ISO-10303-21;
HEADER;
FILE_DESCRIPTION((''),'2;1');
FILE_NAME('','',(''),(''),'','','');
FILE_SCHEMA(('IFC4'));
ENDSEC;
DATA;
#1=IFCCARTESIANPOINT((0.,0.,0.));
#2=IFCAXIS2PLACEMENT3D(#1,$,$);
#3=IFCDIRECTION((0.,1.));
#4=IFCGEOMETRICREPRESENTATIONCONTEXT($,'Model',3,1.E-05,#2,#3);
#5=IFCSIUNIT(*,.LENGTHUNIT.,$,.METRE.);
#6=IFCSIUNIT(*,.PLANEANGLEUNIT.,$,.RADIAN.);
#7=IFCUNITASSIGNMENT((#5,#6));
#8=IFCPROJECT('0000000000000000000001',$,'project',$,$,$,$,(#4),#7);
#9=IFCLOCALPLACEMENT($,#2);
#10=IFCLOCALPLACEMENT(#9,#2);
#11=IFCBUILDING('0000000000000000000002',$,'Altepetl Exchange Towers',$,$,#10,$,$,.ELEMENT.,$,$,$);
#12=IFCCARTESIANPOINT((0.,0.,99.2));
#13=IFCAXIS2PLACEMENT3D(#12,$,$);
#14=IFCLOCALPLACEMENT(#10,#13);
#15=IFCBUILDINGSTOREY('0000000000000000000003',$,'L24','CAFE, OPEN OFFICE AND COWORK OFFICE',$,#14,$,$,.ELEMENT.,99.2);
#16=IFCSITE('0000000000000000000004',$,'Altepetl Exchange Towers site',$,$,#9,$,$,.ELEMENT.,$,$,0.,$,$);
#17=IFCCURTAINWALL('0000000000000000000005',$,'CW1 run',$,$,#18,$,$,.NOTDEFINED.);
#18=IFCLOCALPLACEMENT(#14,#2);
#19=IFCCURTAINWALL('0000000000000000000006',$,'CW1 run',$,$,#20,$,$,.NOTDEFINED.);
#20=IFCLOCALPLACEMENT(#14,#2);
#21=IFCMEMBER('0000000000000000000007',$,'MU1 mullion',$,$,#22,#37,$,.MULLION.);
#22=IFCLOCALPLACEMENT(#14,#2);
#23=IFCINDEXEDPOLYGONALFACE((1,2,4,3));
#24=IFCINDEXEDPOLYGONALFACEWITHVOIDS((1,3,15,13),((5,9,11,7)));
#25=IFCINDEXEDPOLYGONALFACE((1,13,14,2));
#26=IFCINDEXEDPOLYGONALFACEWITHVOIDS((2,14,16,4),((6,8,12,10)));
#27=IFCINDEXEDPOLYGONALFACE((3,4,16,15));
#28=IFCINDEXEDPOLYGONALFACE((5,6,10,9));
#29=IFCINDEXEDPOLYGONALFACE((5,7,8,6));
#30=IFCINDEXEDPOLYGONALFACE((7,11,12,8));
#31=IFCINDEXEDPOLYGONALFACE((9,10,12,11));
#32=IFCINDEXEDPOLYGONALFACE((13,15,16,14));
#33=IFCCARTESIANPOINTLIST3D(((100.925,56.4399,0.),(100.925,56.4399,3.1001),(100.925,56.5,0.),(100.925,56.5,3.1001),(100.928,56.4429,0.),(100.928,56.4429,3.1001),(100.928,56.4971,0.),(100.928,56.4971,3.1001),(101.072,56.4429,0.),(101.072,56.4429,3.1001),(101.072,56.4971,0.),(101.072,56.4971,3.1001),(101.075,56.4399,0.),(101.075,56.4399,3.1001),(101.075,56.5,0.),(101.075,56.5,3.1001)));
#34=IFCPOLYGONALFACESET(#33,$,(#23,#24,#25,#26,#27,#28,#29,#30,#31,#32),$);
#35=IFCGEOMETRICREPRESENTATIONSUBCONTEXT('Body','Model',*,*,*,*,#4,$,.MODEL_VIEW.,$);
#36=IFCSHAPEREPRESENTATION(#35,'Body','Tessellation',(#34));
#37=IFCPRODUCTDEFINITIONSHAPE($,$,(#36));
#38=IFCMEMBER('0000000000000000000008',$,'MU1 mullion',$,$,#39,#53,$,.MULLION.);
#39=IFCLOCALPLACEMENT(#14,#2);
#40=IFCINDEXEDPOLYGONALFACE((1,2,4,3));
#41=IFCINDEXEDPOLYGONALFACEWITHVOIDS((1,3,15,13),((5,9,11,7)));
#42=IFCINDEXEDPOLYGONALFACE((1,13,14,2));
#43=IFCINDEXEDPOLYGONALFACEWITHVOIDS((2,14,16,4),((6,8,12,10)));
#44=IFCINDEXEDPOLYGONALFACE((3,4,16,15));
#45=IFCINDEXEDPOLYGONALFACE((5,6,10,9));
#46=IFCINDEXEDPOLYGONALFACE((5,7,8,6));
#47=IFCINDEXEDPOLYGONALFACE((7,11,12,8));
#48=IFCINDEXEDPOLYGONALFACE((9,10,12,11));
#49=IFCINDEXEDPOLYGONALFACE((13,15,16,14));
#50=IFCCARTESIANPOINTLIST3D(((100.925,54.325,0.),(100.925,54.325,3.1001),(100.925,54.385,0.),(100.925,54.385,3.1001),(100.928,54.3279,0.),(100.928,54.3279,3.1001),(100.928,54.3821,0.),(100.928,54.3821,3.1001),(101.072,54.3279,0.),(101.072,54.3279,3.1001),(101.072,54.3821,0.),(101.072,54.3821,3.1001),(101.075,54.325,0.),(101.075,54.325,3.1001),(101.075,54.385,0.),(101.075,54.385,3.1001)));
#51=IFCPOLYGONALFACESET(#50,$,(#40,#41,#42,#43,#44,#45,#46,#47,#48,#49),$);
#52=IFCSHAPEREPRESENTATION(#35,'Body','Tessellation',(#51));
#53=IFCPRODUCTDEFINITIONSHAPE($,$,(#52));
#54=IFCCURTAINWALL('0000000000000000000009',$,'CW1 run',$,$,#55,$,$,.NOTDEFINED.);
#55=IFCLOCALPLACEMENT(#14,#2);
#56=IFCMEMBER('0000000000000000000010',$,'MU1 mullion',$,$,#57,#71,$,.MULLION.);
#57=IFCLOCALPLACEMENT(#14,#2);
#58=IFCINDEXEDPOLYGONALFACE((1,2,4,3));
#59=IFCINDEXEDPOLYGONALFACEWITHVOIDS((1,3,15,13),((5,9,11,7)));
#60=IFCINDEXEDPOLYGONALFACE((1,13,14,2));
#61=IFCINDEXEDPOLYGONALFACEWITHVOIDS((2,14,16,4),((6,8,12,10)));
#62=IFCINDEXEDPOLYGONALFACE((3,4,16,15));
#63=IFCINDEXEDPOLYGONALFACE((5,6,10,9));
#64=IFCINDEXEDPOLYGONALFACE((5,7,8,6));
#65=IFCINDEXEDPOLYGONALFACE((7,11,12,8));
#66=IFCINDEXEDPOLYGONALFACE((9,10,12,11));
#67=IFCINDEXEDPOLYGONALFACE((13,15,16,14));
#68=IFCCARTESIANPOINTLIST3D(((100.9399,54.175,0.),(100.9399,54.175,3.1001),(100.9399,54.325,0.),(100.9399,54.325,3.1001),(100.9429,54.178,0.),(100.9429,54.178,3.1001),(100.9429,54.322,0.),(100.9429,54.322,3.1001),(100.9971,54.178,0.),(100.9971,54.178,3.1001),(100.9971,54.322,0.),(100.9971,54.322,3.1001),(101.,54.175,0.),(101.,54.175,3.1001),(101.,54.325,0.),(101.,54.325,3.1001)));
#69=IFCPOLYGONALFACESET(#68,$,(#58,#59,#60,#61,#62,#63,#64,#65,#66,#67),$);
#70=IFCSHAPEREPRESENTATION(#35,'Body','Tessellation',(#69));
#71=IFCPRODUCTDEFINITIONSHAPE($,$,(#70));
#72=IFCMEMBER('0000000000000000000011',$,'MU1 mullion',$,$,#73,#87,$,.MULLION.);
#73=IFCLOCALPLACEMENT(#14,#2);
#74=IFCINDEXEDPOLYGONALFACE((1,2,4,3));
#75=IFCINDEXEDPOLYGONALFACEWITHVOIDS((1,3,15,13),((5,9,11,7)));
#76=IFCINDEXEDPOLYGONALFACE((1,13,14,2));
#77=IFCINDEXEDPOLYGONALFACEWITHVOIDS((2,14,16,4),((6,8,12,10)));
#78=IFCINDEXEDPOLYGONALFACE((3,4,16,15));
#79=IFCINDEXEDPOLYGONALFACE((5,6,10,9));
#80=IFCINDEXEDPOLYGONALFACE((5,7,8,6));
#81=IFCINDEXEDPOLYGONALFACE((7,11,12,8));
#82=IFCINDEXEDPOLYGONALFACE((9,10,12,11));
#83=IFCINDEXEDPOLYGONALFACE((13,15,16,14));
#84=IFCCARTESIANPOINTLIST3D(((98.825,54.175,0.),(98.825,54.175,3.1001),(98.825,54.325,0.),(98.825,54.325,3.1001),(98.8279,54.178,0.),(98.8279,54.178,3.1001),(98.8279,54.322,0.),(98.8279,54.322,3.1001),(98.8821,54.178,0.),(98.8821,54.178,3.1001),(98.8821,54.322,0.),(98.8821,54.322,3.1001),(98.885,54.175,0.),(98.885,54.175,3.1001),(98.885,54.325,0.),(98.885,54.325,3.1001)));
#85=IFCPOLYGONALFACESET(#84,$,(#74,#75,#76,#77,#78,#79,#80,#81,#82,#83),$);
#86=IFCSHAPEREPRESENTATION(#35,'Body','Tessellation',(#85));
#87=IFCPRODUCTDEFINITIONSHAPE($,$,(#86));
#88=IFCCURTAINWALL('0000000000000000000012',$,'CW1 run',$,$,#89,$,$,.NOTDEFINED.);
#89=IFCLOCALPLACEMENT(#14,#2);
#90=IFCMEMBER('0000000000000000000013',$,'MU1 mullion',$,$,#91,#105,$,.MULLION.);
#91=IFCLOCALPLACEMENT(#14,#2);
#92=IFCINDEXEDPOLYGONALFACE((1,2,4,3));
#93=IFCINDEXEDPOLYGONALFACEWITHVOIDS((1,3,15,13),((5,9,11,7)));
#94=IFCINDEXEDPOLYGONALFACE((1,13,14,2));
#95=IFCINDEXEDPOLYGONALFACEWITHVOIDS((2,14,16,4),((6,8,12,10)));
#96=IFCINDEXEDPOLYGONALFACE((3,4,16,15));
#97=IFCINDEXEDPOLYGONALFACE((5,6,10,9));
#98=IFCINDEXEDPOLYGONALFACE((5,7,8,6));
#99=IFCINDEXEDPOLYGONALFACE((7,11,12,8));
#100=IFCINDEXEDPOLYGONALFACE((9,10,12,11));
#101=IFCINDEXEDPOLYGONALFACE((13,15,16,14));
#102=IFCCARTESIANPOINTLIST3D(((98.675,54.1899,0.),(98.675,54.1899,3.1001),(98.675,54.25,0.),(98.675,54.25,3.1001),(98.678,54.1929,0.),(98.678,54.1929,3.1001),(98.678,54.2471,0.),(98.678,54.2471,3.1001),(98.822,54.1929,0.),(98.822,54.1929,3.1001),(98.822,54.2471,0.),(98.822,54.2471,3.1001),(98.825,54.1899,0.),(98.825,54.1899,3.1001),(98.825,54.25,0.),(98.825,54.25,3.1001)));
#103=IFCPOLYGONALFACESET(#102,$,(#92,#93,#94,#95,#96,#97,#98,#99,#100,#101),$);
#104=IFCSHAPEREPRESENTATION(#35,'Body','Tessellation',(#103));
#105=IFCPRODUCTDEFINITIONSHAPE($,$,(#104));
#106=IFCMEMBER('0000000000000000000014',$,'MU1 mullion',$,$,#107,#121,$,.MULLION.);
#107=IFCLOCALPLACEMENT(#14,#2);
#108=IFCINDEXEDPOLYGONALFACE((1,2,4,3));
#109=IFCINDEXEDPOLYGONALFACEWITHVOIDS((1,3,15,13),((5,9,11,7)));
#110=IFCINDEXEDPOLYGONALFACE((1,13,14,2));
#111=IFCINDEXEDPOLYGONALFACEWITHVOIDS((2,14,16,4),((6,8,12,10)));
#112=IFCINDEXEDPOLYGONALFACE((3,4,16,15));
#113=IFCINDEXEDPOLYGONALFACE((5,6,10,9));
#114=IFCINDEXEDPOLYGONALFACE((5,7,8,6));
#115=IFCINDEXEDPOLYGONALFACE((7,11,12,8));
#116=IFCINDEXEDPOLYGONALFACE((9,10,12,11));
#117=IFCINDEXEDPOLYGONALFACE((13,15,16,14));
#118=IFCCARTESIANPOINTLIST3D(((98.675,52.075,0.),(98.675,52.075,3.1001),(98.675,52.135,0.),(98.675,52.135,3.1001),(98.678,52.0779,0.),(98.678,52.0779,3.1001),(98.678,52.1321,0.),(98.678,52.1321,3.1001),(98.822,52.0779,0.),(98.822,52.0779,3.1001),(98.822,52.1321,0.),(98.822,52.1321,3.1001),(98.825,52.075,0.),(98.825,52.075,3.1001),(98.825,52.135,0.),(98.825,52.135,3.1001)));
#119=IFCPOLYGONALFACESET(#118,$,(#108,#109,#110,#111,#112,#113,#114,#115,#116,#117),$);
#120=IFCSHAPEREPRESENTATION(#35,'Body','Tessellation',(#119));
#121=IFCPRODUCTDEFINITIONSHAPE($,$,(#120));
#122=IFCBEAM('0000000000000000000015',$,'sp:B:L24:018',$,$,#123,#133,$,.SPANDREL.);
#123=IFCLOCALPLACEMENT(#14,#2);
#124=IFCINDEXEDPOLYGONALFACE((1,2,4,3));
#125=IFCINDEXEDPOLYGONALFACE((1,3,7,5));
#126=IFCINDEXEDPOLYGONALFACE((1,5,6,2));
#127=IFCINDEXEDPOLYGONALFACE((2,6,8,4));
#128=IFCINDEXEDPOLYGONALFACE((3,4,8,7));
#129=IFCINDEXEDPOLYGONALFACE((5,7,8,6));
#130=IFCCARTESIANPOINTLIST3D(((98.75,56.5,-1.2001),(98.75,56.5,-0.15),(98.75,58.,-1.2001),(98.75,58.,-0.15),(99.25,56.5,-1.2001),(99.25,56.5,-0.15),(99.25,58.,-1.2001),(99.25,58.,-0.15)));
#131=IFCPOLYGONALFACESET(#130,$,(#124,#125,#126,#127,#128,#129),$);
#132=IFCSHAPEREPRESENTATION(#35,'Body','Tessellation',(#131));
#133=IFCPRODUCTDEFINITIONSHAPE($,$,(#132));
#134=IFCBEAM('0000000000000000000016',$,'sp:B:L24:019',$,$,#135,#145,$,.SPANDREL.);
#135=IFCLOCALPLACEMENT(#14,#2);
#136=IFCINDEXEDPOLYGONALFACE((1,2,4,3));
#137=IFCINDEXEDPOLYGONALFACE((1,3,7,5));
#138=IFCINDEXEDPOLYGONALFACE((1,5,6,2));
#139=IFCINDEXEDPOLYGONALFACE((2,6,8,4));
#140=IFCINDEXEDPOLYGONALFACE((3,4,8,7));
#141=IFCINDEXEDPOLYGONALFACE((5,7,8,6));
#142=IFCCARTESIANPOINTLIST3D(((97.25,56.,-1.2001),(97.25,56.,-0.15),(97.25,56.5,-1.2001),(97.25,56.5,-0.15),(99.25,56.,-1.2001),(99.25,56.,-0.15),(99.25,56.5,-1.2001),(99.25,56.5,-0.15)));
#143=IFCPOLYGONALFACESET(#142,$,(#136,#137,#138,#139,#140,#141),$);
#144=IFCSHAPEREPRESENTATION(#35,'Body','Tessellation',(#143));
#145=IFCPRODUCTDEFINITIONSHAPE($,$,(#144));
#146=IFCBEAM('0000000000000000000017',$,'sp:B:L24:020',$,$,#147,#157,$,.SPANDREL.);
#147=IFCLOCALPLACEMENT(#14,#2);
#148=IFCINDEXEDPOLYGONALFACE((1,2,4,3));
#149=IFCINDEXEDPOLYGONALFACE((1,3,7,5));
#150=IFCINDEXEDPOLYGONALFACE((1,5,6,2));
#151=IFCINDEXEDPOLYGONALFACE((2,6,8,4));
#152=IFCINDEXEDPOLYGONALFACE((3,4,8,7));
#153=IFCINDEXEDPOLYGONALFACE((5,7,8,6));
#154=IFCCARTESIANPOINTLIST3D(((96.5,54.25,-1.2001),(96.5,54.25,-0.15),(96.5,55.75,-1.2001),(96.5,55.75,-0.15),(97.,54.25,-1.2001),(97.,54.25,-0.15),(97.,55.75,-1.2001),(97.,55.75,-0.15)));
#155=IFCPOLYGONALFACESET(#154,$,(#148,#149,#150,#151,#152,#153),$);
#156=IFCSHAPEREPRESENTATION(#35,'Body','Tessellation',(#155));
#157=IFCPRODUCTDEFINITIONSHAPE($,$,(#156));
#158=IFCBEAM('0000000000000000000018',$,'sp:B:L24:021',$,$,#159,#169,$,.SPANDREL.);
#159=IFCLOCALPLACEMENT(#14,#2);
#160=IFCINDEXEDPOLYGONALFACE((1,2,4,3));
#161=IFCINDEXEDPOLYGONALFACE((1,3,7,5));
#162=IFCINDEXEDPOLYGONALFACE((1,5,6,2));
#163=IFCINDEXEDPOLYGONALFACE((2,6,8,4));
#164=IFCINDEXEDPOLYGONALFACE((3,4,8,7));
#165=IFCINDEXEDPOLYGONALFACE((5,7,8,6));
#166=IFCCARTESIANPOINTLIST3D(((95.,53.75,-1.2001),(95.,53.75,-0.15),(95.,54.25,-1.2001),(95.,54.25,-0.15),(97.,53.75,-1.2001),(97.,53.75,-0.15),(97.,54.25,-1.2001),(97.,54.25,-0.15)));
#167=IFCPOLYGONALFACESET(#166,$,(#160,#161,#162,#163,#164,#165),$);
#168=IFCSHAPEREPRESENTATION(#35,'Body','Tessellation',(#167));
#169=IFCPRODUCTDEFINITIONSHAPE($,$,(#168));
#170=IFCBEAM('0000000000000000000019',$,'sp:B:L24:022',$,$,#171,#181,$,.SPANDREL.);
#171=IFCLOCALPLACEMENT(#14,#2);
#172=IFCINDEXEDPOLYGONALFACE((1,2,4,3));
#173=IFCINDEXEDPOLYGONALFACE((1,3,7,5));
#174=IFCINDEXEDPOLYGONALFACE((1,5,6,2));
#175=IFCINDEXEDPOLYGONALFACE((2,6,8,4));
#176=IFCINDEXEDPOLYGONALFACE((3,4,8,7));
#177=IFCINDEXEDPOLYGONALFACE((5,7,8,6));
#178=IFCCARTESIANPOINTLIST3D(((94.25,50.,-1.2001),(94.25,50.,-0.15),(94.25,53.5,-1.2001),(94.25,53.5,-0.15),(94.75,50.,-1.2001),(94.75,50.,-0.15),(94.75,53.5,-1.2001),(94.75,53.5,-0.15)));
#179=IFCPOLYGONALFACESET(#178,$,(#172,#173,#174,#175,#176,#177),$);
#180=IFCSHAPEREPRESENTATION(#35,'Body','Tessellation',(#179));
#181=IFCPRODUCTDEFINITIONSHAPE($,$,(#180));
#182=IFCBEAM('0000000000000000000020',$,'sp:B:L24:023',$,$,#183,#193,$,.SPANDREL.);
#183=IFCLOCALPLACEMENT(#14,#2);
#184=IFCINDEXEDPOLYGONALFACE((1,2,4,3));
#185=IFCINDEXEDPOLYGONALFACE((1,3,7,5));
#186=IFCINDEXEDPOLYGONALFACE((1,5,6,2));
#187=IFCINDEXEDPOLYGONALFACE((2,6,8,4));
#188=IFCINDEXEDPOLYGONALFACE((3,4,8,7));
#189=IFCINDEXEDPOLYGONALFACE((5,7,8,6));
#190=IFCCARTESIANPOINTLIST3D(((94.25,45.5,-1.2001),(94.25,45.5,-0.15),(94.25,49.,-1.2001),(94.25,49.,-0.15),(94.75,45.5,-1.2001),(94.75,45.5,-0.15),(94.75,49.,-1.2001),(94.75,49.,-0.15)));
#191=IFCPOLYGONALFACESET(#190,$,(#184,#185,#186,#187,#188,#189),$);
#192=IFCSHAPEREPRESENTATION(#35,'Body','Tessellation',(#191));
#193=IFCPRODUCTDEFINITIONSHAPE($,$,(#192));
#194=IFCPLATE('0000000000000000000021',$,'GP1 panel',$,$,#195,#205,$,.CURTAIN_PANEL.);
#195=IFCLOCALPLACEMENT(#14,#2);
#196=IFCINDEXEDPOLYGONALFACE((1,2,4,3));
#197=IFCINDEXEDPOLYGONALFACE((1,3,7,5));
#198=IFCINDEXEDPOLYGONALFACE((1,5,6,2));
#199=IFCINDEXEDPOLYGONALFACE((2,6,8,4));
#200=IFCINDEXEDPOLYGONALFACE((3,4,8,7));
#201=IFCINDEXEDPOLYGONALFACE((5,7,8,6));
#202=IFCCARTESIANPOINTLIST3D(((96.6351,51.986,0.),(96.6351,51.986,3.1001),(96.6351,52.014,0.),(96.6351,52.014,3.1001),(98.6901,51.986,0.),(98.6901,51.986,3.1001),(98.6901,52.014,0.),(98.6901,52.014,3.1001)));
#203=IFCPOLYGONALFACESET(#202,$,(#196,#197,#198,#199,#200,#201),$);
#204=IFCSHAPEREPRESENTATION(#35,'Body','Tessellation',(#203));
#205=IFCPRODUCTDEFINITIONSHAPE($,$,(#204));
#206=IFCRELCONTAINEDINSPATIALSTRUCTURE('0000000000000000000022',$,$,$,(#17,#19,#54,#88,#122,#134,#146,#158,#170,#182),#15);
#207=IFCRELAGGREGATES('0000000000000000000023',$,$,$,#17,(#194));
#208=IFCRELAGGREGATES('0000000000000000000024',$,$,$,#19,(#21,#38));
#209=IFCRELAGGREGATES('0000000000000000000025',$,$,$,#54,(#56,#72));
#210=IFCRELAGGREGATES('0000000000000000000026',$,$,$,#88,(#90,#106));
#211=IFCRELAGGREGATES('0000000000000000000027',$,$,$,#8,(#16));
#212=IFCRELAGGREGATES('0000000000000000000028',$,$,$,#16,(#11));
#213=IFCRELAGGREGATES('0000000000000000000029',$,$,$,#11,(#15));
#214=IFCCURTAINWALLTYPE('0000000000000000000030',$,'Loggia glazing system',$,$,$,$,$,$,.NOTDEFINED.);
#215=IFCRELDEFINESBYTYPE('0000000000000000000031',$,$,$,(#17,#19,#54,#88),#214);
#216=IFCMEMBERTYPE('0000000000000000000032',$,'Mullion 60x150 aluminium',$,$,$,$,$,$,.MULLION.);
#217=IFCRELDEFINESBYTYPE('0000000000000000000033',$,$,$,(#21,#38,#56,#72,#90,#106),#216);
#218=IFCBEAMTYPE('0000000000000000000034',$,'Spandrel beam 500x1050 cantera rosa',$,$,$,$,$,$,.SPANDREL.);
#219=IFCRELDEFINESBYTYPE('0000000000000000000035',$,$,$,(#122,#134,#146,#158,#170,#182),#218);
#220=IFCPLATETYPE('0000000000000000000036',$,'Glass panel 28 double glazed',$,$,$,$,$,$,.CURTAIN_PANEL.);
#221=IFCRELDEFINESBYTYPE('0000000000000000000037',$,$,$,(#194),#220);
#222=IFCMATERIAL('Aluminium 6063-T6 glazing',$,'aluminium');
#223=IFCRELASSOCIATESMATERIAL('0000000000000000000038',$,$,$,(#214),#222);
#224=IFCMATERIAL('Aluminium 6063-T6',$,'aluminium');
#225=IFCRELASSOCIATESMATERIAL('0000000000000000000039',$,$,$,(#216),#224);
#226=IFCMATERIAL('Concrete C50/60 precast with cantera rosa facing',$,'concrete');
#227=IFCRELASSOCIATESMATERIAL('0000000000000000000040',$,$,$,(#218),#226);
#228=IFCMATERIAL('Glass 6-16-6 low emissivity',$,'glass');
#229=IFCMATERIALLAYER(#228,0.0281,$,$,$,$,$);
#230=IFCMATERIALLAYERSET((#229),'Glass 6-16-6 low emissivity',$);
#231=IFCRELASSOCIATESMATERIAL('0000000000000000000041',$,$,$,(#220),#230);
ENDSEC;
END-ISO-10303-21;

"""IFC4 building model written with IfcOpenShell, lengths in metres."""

from ifc_helpers import new_model, si_unit, direction, frame, origin, origin_2d, place, context, subcontext, project, spatial, rectangle, hollow_rectangle, extrude, material, layer, layer_set, material_profile, profile_set, type_object, element, aggregate, save


model = new_model("IFC4")

# Units and contexts
model_context = context("Model", 3, precision=1e-05, world=origin(), true_north=direction((0.0, 1.0)))
body_context = subcontext(model_context, "Body", "Model", "MODEL_VIEW")
ifc_project = project(units=[si_unit("LENGTHUNIT", "METRE"), si_unit("PLANEANGLEUNIT", "RADIAN")], contexts=[model_context])

# Site, building, storey
site_placement = place(None, origin())
site = spatial("IfcSite", under=ifc_project, at=site_placement, Name="Altepetl Exchange Towers site", CompositionType="ELEMENT", RefElevation=0.0)
building_placement = place(site_placement, origin())
building = spatial("IfcBuilding", under=site, at=building_placement, Name="Altepetl Exchange Towers", CompositionType="ELEMENT")
storey_placement = place(building_placement, frame((0.0, 0.0, 99.2)))
storey = spatial("IfcBuildingStorey", under=building, at=storey_placement, Name="L24", Description="CAFE, OPEN OFFICE AND COWORK OFFICE", CompositionType="ELEMENT", Elevation=99.2)

# Curtain wall
ifc_material_1 = material(Name="Aluminium 6063-T6 glazing", Category="aluminium")
curtain_wall_type = type_object("IfcCurtainWallType", Name="Loggia glazing system", PredefinedType="NOTDEFINED", material=ifc_material_1)
curtain_wall_1_placement = place(storey_placement, origin())
curtain_wall_1 = element("IfcCurtainWall", 1, at=curtain_wall_1_placement, inside=storey, type_object=curtain_wall_type, Name="CW1 run", PredefinedType="NOTDEFINED")
ifc_material_2 = material(Name="Aluminium 6063-T6", Category="aluminium")
ifc_material_profile_1 = material_profile(ifc_material_2, hollow_rectangle(XDim=0.0601, YDim=0.1499, WallThickness=0.0029, at=origin_2d()), Name="Mullion 60x150 aluminium")
ifc_profile_set_1 = profile_set([ifc_material_profile_1], Name="Aluminium 6063-T6")
member_type = type_object("IfcMemberType", Name="Mullion 60x150 aluminium", PredefinedType="MULLION", material=ifc_profile_set_1)

# Curtain walls, members
curtain_wall_2_placement = place(storey_placement, origin())
curtain_wall_2 = element("IfcCurtainWall", 2, at=curtain_wall_2_placement, inside=storey, type_object=curtain_wall_type, Name="CW1 run", PredefinedType="NOTDEFINED")
member_1_placement = place(storey_placement, frame((101.0, 56.47, 0.0), z_axis=(0.0, 0.0, 1.0), x_axis=(0.0, -1.0, 0.0)))
member_1 = element("IfcMember", 3, at=member_1_placement, type_object=member_type, Name="MU1 mullion", PredefinedType="MULLION", context=body_context, shape_type="SweptSolid", body=[
    extrude(hollow_rectangle(XDim=0.0601, YDim=0.1499, WallThickness=0.0029, at=origin_2d()), origin(), (0.0, 0.0, 1.0), 3.1001),
])
member_2_placement = place(storey_placement, frame((101.0, 54.355, 0.0), z_axis=(0.0, 0.0, 1.0), x_axis=(0.0, -1.0, 0.0)))
member_2 = element("IfcMember", 4, at=member_2_placement, type_object=member_type, Name="MU1 mullion", PredefinedType="MULLION", context=body_context, shape_type="SweptSolid", body=[
    extrude(hollow_rectangle(XDim=0.0601, YDim=0.1499, WallThickness=0.0029, at=origin_2d()), origin(), (0.0, 0.0, 1.0), 3.1001),
])
curtain_wall_3_placement = place(storey_placement, origin())
curtain_wall_3 = element("IfcCurtainWall", 5, at=curtain_wall_3_placement, inside=storey, type_object=curtain_wall_type, Name="CW1 run", PredefinedType="NOTDEFINED")
member_3_placement = place(storey_placement, frame((100.97, 54.25, 0.0), z_axis=(0.0, 0.0, 1.0), x_axis=(-1.0, 0.0, 0.0)))
member_3 = element("IfcMember", 6, at=member_3_placement, type_object=member_type, Name="MU1 mullion", PredefinedType="MULLION", context=body_context, shape_type="SweptSolid", body=[
    extrude(hollow_rectangle(XDim=0.0601, YDim=0.1499, WallThickness=0.0029, at=origin_2d()), origin(), (0.0, 0.0, 1.0), 3.1001),
])
member_4_placement = place(storey_placement, frame((98.855, 54.25, 0.0), z_axis=(0.0, 0.0, 1.0), x_axis=(-1.0, 0.0, 0.0)))
member_4 = element("IfcMember", 7, at=member_4_placement, type_object=member_type, Name="MU1 mullion", PredefinedType="MULLION", context=body_context, shape_type="SweptSolid", body=[
    extrude(hollow_rectangle(XDim=0.0601, YDim=0.1499, WallThickness=0.0029, at=origin_2d()), origin(), (0.0, 0.0, 1.0), 3.1001),
])
curtain_wall_4_placement = place(storey_placement, origin())
curtain_wall_4 = element("IfcCurtainWall", 8, at=curtain_wall_4_placement, inside=storey, type_object=curtain_wall_type, Name="CW1 run", PredefinedType="NOTDEFINED")
member_5_placement = place(storey_placement, frame((98.75, 54.22, 0.0), z_axis=(0.0, 0.0, 1.0), x_axis=(0.0, -1.0, 0.0)))
member_5 = element("IfcMember", 9, at=member_5_placement, type_object=member_type, Name="MU1 mullion", PredefinedType="MULLION", context=body_context, shape_type="SweptSolid", body=[
    extrude(hollow_rectangle(XDim=0.0601, YDim=0.1499, WallThickness=0.0029, at=origin_2d()), origin(), (0.0, 0.0, 1.0), 3.1001),
])
member_6_placement = place(storey_placement, frame((98.75, 52.105, 0.0), z_axis=(0.0, 0.0, 1.0), x_axis=(0.0, -1.0, 0.0)))
member_6 = element("IfcMember", 10, at=member_6_placement, type_object=member_type, Name="MU1 mullion", PredefinedType="MULLION", context=body_context, shape_type="SweptSolid", body=[
    extrude(hollow_rectangle(XDim=0.0601, YDim=0.1499, WallThickness=0.0029, at=origin_2d()), origin(), (0.0, 0.0, 1.0), 3.1001),
])

# Beams
ifc_material_3 = material(Name="Concrete C50/60 precast with cantera rosa facing", Category="concrete")
ifc_material_profile_2 = material_profile(ifc_material_3, rectangle(XDim=0.5, YDim=1.05, at=origin_2d()), Name="500 x 1050")
ifc_profile_set_2 = profile_set([ifc_material_profile_2], Name="Concrete C50/60 precast with cantera rosa facing")
beam_type_1 = type_object("IfcBeamType", Name="Spandrel beam 500x1050 cantera rosa", PredefinedType="SPANDREL", material=ifc_profile_set_2)
beam_1_placement = place(storey_placement, frame((99.0, 58.0, -0.675), z_axis=(0.0, -1.0, 0.0), x_axis=(1.0, 0.0, 0.0)))
element("IfcBeam", 11, at=beam_1_placement, inside=storey, type_object=beam_type_1, Name="sp:B:L24:018", PredefinedType="SPANDREL", context=body_context, shape_type="SweptSolid", body=[
    extrude(rectangle(XDim=0.5, YDim=1.05, at=origin_2d()), origin(), (0.0, 0.0, 1.0), 1.5),
])
beam_2_placement = place(storey_placement, frame((99.25, 56.25, -0.675), z_axis=(-1.0, 0.0, 0.0), x_axis=(0.0, -1.0, 0.0)))
element("IfcBeam", 12, at=beam_2_placement, inside=storey, type_object=beam_type_1, Name="sp:B:L24:019", PredefinedType="SPANDREL", context=body_context, shape_type="SweptSolid", body=[
    extrude(rectangle(XDim=0.5, YDim=1.05, at=origin_2d()), origin(), (0.0, 0.0, 1.0), 2.0),
])
beam_3_placement = place(storey_placement, frame((96.75, 55.75, -0.675), z_axis=(0.0, -1.0, 0.0), x_axis=(1.0, 0.0, 0.0)))
element("IfcBeam", 13, at=beam_3_placement, inside=storey, type_object=beam_type_1, Name="sp:B:L24:020", PredefinedType="SPANDREL", context=body_context, shape_type="SweptSolid", body=[
    extrude(rectangle(XDim=0.5, YDim=1.05, at=origin_2d()), origin(), (0.0, 0.0, 1.0), 1.5),
])
beam_4_placement = place(storey_placement, frame((97.0, 54.0, -0.675), z_axis=(-1.0, 0.0, 0.0), x_axis=(0.0, -1.0, 0.0)))
element("IfcBeam", 14, at=beam_4_placement, inside=storey, type_object=beam_type_1, Name="sp:B:L24:021", PredefinedType="SPANDREL", context=body_context, shape_type="SweptSolid", body=[
    extrude(rectangle(XDim=0.5, YDim=1.05, at=origin_2d()), origin(), (0.0, 0.0, 1.0), 2.0),
])
for number, where, z_axis, x_axis, name in (
    (15, (94.5, 53.5, -0.675), (0.0, -1.0, 0.0), (1.0, 0.0, 0.0), "sp:B:L24:022"),
    (16, (94.5, 49.0, -0.675), (0.0, -1.0, 0.0), (1.0, 0.0, 0.0), "sp:B:L24:023"),
):
    element("IfcBeam", number, at=place(storey_placement, frame(where, z_axis=z_axis, x_axis=x_axis)), inside=storey, type_object=beam_type_1, Name=name, PredefinedType="SPANDREL", context=body_context, shape_type="SweptSolid", body=[
        extrude(rectangle(XDim=0.5, YDim=1.05, at=origin_2d()), origin(), (0.0, 0.0, 1.0), 3.5),
    ])

# Plate
ifc_material_4 = material(Name="Glass 6-16-6 low emissivity", Category="glass")
ifc_layer_1 = layer(ifc_material_4, 0.0281)
ifc_layer_set_1 = layer_set([ifc_layer_1], Name="Glass 6-16-6 low emissivity")
plate_type = type_object("IfcPlateType", Name="Glass panel 28 double glazed", PredefinedType="CURTAIN_PANEL", material=ifc_layer_set_1)
plate_1_placement = place(storey_placement, frame((97.6626, 52.0, 0.0), z_axis=(0.0, 0.0, 1.0), x_axis=(-1.0, 0.0, 0.0)))
plate_1 = element("IfcPlate", 17, at=plate_1_placement, type_object=plate_type, Name="GP1 panel", PredefinedType="CURTAIN_PANEL", context=body_context, shape_type="SweptSolid", body=[
    extrude(rectangle(XDim=2.0549, YDim=0.0281, at=origin_2d()), origin(), (0.0, 0.0, 1.0), 3.1001),
])
aggregate(curtain_wall_1, [plate_1])
aggregate(curtain_wall_2, [member_1, member_2])
aggregate(curtain_wall_3, [member_3, member_4])
aggregate(curtain_wall_4, [member_5, member_6])

save(model, "model.ifc")
